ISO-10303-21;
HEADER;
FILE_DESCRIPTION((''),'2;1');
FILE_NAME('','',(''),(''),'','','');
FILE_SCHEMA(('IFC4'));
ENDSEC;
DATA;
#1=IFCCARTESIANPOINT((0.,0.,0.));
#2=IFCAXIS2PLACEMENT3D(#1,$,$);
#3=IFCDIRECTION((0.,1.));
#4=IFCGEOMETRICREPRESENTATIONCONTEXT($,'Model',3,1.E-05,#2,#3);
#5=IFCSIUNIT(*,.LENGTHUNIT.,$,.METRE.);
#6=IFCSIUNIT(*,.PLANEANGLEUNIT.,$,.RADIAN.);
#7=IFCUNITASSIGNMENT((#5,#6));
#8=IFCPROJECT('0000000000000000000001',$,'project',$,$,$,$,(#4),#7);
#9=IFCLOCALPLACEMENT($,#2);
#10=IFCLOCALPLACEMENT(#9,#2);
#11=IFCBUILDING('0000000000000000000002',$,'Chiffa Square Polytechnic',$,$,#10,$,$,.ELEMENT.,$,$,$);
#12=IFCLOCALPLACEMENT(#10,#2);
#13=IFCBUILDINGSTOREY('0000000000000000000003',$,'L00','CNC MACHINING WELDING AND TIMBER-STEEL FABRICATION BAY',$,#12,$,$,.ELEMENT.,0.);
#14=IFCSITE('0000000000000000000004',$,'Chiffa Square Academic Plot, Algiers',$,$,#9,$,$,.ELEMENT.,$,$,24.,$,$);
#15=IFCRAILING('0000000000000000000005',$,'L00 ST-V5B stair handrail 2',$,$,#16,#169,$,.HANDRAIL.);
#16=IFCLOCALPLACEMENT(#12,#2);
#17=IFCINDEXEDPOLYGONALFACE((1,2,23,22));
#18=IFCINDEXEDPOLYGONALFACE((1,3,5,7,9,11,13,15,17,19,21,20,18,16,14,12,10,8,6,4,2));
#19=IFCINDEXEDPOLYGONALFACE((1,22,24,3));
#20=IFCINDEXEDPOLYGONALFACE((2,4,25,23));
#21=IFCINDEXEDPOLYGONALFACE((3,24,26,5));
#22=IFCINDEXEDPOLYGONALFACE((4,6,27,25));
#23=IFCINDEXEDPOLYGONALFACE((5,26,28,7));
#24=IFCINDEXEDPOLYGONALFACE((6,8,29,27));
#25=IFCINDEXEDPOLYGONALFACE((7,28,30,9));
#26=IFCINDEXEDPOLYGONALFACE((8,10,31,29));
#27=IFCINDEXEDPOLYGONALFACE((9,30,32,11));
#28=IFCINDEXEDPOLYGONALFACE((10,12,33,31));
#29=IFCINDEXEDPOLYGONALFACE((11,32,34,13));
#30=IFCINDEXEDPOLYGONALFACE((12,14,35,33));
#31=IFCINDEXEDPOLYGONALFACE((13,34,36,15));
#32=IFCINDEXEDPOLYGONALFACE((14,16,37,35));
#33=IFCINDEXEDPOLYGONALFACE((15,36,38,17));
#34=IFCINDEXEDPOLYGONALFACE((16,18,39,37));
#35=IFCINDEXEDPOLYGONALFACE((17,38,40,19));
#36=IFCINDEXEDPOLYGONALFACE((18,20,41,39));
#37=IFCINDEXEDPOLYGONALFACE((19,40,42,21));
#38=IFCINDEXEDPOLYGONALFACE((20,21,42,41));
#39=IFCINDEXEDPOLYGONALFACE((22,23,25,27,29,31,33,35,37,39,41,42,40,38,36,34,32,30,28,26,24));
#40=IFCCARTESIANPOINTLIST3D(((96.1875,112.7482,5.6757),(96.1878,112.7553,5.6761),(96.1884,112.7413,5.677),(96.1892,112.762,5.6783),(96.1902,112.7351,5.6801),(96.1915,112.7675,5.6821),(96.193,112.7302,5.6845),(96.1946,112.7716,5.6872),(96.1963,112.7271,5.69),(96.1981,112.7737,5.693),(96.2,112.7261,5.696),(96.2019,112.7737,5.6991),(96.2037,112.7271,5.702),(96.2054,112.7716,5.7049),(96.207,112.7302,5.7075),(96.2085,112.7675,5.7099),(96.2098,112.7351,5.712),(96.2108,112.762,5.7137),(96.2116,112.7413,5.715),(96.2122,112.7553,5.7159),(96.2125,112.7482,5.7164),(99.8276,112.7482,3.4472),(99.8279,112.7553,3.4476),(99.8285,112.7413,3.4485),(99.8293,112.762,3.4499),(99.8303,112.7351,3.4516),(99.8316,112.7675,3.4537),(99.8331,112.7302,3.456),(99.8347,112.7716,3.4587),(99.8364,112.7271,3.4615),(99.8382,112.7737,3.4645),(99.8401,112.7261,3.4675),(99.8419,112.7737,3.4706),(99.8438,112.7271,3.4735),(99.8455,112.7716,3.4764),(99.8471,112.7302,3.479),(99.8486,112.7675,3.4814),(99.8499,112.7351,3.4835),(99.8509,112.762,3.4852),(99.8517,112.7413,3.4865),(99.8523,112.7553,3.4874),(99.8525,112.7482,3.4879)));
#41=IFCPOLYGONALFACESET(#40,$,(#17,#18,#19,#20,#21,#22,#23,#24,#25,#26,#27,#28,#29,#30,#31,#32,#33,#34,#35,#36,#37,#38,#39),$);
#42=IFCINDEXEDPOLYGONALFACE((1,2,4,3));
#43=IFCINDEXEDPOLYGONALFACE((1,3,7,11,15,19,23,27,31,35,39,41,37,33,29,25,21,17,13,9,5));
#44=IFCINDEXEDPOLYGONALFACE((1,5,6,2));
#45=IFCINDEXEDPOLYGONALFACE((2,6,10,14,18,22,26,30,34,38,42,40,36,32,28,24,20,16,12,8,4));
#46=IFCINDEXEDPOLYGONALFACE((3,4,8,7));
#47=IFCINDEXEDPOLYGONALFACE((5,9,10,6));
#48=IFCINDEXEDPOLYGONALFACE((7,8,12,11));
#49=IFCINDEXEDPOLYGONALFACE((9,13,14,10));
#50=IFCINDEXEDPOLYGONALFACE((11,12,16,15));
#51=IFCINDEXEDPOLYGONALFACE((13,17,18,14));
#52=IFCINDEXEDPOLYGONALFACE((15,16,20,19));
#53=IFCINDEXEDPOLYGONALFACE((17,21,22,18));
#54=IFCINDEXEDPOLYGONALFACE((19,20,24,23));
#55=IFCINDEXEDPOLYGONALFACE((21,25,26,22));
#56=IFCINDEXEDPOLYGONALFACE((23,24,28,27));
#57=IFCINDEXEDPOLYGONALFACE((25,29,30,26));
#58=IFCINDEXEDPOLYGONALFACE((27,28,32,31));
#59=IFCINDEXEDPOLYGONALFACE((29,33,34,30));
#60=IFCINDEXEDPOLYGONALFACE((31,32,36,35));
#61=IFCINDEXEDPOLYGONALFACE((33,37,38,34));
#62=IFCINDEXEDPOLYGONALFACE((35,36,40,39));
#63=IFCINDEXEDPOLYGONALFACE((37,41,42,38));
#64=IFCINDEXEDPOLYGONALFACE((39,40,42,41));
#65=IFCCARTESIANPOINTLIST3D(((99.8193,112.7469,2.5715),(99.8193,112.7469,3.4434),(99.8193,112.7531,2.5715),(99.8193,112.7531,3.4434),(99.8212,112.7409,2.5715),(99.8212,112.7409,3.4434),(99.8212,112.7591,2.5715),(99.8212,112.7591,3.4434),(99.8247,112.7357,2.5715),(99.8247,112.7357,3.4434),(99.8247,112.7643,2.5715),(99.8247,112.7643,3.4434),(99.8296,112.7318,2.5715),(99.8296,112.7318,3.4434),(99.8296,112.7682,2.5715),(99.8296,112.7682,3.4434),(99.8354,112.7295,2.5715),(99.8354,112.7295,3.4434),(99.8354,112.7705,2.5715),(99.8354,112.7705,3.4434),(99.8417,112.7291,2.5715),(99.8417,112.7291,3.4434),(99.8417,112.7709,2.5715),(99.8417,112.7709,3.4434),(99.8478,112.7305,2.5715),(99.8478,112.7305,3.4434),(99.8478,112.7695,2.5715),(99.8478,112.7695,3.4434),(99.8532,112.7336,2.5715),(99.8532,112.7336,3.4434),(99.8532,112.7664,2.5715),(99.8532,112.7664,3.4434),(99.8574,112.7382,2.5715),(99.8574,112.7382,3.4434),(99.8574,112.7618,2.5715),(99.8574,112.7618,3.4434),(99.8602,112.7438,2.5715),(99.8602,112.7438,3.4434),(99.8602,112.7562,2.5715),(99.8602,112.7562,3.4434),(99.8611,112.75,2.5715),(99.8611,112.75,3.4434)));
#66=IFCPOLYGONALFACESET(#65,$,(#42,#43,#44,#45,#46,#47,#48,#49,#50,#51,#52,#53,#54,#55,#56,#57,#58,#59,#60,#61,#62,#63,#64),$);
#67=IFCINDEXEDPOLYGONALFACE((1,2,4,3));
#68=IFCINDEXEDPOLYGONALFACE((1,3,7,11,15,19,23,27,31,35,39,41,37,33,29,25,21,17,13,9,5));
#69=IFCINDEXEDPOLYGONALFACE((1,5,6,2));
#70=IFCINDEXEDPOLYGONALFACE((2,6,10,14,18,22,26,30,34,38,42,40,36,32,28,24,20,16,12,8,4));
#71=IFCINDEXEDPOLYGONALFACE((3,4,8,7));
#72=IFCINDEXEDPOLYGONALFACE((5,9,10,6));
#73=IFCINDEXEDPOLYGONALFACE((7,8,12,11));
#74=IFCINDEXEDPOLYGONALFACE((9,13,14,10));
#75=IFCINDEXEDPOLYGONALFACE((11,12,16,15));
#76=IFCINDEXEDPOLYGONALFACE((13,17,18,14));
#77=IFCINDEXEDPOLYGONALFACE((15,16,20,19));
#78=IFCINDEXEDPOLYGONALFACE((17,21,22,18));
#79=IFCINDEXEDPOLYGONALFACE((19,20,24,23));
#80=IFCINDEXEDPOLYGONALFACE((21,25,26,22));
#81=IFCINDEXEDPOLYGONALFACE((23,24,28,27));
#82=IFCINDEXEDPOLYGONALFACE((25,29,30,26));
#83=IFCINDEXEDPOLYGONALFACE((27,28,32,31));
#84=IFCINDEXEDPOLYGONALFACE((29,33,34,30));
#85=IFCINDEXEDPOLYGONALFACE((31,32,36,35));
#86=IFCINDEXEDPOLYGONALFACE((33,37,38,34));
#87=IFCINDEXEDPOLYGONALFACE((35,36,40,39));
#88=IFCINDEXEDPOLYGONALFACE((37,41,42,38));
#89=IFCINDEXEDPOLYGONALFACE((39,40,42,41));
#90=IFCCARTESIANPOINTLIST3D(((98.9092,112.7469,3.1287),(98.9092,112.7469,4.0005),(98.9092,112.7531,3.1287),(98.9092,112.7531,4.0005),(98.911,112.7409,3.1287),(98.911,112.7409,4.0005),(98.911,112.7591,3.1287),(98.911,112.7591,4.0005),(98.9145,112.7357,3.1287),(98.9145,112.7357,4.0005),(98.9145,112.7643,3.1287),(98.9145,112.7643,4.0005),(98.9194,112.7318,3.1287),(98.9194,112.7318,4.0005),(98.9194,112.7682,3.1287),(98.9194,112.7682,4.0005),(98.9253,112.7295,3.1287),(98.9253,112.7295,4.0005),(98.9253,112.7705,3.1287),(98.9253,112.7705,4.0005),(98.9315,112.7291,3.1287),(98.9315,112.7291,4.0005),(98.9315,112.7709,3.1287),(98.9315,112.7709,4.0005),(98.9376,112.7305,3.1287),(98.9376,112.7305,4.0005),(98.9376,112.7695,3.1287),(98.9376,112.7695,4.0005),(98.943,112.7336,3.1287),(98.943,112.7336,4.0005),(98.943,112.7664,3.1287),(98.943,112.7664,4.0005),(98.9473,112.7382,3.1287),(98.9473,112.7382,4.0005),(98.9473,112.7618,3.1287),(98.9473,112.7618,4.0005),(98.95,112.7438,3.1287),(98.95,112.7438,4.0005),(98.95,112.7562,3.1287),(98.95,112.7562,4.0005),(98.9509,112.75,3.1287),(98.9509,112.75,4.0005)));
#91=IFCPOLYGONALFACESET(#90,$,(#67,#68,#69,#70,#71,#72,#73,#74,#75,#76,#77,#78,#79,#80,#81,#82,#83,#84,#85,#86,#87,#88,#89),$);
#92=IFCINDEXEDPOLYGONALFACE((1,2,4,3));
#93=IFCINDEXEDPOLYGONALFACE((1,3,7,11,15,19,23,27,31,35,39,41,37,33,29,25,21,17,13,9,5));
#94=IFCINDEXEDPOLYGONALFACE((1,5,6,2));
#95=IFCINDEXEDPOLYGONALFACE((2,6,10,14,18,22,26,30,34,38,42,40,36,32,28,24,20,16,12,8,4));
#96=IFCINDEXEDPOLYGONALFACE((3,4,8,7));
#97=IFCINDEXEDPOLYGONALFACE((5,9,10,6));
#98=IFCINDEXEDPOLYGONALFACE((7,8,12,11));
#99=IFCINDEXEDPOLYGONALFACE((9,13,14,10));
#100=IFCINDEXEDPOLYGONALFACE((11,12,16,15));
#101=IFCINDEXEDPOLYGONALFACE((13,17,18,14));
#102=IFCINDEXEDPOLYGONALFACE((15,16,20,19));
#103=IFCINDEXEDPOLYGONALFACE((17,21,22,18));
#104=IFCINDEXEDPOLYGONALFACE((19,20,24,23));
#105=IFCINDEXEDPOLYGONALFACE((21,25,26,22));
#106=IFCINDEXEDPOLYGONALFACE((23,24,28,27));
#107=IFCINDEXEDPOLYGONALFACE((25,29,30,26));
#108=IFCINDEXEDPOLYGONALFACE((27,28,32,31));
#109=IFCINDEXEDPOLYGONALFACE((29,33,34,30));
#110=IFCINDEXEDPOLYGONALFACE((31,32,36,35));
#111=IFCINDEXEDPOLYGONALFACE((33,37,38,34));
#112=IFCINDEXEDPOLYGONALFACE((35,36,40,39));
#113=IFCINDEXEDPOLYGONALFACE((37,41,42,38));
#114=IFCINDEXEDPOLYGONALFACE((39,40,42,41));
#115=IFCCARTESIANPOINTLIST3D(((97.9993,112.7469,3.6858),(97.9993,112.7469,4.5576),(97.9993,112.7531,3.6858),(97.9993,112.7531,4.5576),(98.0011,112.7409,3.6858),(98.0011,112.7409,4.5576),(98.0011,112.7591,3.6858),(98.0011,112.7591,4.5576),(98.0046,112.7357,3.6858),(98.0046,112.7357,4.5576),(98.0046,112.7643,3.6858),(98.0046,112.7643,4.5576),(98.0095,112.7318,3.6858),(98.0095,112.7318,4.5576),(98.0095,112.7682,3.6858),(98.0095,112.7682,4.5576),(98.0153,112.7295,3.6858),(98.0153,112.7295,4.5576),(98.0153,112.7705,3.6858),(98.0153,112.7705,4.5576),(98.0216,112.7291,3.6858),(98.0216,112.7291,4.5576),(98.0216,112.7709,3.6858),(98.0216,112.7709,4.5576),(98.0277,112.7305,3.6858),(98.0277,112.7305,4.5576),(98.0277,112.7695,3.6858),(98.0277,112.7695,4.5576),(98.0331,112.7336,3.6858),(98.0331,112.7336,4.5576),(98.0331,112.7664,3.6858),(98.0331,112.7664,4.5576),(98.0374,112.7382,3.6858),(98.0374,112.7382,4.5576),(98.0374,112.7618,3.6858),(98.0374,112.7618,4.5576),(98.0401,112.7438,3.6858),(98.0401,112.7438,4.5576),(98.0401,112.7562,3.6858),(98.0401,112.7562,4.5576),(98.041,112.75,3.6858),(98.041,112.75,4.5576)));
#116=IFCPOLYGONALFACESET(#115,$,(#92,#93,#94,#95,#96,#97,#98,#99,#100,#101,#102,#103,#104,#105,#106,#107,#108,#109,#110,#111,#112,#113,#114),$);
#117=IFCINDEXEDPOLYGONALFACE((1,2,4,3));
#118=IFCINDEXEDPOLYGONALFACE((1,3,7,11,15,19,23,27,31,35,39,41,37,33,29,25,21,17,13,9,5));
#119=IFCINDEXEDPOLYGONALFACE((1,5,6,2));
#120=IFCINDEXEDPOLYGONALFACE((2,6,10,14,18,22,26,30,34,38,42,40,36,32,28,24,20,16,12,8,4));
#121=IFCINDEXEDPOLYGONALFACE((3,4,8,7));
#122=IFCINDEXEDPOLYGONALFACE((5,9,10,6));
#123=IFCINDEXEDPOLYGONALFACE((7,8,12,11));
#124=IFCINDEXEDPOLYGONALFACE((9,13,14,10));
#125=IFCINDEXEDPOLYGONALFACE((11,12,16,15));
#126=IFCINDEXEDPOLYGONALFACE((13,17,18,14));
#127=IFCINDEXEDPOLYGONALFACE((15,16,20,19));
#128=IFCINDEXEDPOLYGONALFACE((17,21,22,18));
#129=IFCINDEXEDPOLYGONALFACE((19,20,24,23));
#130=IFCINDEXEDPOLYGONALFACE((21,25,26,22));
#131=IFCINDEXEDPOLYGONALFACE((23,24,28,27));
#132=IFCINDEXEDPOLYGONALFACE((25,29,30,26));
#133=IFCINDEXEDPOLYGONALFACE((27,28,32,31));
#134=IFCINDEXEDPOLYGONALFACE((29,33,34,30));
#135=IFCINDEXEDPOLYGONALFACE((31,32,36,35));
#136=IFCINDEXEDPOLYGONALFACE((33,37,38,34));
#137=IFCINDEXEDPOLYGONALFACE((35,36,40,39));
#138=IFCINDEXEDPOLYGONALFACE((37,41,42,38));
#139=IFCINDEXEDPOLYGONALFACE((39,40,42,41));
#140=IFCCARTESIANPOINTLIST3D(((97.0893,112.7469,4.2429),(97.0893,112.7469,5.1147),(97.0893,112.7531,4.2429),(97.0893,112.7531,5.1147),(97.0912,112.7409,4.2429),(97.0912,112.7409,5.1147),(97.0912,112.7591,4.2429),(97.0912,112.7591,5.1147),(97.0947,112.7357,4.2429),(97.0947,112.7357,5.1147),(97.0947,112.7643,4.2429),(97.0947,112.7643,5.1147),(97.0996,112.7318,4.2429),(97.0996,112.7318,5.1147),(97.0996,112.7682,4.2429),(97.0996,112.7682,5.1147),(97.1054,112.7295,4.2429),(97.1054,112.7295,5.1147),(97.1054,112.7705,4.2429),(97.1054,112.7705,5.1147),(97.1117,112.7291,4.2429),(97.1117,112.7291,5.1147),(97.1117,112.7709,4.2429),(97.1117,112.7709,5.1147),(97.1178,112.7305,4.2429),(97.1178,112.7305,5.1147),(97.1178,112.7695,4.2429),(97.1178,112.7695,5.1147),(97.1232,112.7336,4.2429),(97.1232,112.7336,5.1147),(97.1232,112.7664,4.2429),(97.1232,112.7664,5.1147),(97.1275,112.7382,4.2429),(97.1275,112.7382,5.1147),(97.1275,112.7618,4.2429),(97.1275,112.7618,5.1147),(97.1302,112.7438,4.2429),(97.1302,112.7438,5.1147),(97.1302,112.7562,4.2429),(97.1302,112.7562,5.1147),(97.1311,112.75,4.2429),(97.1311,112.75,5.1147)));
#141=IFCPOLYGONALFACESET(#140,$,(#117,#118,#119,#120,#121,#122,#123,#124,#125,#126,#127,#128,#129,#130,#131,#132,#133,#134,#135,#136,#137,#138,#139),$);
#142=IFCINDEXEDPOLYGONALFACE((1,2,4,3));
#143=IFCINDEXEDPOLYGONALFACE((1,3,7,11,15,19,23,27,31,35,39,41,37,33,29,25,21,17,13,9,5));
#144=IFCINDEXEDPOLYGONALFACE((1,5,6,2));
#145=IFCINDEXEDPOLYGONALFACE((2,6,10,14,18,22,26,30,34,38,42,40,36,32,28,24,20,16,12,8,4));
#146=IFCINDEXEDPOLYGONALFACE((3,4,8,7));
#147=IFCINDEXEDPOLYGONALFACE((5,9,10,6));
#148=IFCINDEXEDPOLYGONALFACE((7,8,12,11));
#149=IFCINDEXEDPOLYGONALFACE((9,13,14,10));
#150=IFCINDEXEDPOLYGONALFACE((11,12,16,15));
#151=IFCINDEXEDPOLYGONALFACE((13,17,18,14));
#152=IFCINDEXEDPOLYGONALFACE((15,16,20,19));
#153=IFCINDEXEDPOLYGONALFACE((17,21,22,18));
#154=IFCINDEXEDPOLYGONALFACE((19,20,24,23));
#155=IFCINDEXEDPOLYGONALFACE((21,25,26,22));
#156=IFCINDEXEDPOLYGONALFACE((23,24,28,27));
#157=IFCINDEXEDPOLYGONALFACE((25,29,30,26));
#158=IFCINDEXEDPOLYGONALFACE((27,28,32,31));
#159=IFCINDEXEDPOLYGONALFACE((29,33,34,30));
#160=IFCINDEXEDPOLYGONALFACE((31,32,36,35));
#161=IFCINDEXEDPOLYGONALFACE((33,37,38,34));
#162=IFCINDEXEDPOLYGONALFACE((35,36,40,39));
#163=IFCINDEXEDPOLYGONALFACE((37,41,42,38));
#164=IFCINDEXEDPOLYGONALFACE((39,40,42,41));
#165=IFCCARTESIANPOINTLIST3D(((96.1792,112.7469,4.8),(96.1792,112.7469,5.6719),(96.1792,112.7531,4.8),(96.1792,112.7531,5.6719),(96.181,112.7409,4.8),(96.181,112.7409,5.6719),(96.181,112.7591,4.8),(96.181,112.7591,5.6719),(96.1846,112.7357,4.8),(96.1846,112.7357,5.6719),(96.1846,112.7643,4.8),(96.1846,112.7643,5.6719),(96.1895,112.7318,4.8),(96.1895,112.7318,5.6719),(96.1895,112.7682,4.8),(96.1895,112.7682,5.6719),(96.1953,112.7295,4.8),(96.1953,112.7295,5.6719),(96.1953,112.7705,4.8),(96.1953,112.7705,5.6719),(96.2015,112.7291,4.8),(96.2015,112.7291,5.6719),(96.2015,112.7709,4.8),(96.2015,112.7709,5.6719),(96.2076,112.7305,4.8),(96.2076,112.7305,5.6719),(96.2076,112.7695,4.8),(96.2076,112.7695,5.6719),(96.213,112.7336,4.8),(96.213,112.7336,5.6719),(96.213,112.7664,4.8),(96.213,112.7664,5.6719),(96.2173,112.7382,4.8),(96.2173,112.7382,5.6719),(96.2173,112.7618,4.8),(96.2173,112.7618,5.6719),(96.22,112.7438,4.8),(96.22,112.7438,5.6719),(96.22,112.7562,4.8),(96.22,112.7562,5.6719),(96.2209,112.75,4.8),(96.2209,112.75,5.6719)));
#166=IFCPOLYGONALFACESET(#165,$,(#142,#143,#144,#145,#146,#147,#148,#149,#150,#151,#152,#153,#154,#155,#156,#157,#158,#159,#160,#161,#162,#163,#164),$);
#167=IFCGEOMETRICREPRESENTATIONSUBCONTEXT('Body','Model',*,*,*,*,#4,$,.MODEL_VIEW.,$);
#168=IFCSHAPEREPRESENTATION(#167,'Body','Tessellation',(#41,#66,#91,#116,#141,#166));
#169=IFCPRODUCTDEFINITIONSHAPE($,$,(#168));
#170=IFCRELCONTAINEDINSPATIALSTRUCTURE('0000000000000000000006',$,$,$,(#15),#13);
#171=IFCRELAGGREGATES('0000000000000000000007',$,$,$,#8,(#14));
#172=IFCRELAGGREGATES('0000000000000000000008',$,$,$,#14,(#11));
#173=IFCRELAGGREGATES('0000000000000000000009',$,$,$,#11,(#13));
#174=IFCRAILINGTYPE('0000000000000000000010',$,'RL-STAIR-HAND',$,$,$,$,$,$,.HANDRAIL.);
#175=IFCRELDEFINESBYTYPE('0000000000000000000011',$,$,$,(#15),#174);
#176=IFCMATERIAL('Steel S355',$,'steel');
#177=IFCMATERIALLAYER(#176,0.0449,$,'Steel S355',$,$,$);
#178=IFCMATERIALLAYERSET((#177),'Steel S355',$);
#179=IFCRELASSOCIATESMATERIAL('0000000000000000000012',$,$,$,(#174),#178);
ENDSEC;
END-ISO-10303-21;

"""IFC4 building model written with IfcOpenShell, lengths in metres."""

from ifc_helpers import new_model, si_unit, direction, frame, origin, origin_2d, place, context, subcontext, project, spatial, circle, extrude, material, layer, layer_set, type_object, element, save


model = new_model("IFC4")

# Units and contexts
model_context = context("Model", 3, precision=1e-05, world=origin(), true_north=direction((0.0, 1.0)))
body_context = subcontext(model_context, "Body", "Model", "MODEL_VIEW")
ifc_project = project(units=[si_unit("LENGTHUNIT", "METRE"), si_unit("PLANEANGLEUNIT", "RADIAN")], contexts=[model_context])

# Site, building, storey
site_placement = place(None, origin())
site = spatial("IfcSite", under=ifc_project, at=site_placement, Name="Chiffa Square Academic Plot, Algiers", CompositionType="ELEMENT", RefElevation=24.0)
building_placement = place(site_placement, origin())
building = spatial("IfcBuilding", under=site, at=building_placement, Name="Chiffa Square Polytechnic", CompositionType="ELEMENT")
storey_placement = place(building_placement, origin())
storey = spatial("IfcBuildingStorey", under=building, at=storey_placement, Name="L00", Description="CNC MACHINING WELDING AND TIMBER-STEEL FABRICATION BAY", CompositionType="ELEMENT", Elevation=0.0)

# Railing
ifc_material_1 = material(Name="Steel S355", Category="steel")
ifc_layer_1 = layer(ifc_material_1, 0.0449, Name="Steel S355")
ifc_layer_set_1 = layer_set([ifc_layer_1], Name="Steel S355")
railing_type_1 = type_object("IfcRailingType", Name="RL-STAIR-HAND", PredefinedType="HANDRAIL", material=ifc_layer_set_1)
railing_1_placement = place(storey_placement, frame((99.8401, 112.75, 2.5715)))
element("IfcRailing", 1, at=railing_1_placement, inside=storey, type_object=railing_type_1, Name="L00 ST-V5B stair handrail 2", PredefinedType="HANDRAIL", context=body_context, shape_type="SweptSolid", body=[
    extrude(circle(Radius=0.0239, at=origin_2d()), frame((0.0, 0.0, 0.896), z_axis=(-0.852866, 0.0, 0.52213), x_axis=(0.0, -1.0, 0.0)), (0.0, 0.0, 1.0), 4.2681),
    extrude(circle(Radius=0.021, at=origin_2d()), origin(), (0.0, 0.0, 1.0), 0.8718),
    extrude(circle(Radius=0.021, at=origin_2d()), frame((-0.9102, 0.0, 0.5571)), (0.0, 0.0, 1.0), 0.8718),
    extrude(circle(Radius=0.021, at=origin_2d()), frame((-1.8201, 0.0, 1.1143)), (0.0, 0.0, 1.0), 0.8718),
    extrude(circle(Radius=0.021, at=origin_2d()), frame((-2.73, 0.0, 1.6714)), (0.0, 0.0, 1.0), 0.8718),
    extrude(circle(Radius=0.021, at=origin_2d()), frame((-3.6401, 0.0, 2.2285)), (0.0, 0.0, 1.0), 0.8718),
])

save(model, "model.ifc")
